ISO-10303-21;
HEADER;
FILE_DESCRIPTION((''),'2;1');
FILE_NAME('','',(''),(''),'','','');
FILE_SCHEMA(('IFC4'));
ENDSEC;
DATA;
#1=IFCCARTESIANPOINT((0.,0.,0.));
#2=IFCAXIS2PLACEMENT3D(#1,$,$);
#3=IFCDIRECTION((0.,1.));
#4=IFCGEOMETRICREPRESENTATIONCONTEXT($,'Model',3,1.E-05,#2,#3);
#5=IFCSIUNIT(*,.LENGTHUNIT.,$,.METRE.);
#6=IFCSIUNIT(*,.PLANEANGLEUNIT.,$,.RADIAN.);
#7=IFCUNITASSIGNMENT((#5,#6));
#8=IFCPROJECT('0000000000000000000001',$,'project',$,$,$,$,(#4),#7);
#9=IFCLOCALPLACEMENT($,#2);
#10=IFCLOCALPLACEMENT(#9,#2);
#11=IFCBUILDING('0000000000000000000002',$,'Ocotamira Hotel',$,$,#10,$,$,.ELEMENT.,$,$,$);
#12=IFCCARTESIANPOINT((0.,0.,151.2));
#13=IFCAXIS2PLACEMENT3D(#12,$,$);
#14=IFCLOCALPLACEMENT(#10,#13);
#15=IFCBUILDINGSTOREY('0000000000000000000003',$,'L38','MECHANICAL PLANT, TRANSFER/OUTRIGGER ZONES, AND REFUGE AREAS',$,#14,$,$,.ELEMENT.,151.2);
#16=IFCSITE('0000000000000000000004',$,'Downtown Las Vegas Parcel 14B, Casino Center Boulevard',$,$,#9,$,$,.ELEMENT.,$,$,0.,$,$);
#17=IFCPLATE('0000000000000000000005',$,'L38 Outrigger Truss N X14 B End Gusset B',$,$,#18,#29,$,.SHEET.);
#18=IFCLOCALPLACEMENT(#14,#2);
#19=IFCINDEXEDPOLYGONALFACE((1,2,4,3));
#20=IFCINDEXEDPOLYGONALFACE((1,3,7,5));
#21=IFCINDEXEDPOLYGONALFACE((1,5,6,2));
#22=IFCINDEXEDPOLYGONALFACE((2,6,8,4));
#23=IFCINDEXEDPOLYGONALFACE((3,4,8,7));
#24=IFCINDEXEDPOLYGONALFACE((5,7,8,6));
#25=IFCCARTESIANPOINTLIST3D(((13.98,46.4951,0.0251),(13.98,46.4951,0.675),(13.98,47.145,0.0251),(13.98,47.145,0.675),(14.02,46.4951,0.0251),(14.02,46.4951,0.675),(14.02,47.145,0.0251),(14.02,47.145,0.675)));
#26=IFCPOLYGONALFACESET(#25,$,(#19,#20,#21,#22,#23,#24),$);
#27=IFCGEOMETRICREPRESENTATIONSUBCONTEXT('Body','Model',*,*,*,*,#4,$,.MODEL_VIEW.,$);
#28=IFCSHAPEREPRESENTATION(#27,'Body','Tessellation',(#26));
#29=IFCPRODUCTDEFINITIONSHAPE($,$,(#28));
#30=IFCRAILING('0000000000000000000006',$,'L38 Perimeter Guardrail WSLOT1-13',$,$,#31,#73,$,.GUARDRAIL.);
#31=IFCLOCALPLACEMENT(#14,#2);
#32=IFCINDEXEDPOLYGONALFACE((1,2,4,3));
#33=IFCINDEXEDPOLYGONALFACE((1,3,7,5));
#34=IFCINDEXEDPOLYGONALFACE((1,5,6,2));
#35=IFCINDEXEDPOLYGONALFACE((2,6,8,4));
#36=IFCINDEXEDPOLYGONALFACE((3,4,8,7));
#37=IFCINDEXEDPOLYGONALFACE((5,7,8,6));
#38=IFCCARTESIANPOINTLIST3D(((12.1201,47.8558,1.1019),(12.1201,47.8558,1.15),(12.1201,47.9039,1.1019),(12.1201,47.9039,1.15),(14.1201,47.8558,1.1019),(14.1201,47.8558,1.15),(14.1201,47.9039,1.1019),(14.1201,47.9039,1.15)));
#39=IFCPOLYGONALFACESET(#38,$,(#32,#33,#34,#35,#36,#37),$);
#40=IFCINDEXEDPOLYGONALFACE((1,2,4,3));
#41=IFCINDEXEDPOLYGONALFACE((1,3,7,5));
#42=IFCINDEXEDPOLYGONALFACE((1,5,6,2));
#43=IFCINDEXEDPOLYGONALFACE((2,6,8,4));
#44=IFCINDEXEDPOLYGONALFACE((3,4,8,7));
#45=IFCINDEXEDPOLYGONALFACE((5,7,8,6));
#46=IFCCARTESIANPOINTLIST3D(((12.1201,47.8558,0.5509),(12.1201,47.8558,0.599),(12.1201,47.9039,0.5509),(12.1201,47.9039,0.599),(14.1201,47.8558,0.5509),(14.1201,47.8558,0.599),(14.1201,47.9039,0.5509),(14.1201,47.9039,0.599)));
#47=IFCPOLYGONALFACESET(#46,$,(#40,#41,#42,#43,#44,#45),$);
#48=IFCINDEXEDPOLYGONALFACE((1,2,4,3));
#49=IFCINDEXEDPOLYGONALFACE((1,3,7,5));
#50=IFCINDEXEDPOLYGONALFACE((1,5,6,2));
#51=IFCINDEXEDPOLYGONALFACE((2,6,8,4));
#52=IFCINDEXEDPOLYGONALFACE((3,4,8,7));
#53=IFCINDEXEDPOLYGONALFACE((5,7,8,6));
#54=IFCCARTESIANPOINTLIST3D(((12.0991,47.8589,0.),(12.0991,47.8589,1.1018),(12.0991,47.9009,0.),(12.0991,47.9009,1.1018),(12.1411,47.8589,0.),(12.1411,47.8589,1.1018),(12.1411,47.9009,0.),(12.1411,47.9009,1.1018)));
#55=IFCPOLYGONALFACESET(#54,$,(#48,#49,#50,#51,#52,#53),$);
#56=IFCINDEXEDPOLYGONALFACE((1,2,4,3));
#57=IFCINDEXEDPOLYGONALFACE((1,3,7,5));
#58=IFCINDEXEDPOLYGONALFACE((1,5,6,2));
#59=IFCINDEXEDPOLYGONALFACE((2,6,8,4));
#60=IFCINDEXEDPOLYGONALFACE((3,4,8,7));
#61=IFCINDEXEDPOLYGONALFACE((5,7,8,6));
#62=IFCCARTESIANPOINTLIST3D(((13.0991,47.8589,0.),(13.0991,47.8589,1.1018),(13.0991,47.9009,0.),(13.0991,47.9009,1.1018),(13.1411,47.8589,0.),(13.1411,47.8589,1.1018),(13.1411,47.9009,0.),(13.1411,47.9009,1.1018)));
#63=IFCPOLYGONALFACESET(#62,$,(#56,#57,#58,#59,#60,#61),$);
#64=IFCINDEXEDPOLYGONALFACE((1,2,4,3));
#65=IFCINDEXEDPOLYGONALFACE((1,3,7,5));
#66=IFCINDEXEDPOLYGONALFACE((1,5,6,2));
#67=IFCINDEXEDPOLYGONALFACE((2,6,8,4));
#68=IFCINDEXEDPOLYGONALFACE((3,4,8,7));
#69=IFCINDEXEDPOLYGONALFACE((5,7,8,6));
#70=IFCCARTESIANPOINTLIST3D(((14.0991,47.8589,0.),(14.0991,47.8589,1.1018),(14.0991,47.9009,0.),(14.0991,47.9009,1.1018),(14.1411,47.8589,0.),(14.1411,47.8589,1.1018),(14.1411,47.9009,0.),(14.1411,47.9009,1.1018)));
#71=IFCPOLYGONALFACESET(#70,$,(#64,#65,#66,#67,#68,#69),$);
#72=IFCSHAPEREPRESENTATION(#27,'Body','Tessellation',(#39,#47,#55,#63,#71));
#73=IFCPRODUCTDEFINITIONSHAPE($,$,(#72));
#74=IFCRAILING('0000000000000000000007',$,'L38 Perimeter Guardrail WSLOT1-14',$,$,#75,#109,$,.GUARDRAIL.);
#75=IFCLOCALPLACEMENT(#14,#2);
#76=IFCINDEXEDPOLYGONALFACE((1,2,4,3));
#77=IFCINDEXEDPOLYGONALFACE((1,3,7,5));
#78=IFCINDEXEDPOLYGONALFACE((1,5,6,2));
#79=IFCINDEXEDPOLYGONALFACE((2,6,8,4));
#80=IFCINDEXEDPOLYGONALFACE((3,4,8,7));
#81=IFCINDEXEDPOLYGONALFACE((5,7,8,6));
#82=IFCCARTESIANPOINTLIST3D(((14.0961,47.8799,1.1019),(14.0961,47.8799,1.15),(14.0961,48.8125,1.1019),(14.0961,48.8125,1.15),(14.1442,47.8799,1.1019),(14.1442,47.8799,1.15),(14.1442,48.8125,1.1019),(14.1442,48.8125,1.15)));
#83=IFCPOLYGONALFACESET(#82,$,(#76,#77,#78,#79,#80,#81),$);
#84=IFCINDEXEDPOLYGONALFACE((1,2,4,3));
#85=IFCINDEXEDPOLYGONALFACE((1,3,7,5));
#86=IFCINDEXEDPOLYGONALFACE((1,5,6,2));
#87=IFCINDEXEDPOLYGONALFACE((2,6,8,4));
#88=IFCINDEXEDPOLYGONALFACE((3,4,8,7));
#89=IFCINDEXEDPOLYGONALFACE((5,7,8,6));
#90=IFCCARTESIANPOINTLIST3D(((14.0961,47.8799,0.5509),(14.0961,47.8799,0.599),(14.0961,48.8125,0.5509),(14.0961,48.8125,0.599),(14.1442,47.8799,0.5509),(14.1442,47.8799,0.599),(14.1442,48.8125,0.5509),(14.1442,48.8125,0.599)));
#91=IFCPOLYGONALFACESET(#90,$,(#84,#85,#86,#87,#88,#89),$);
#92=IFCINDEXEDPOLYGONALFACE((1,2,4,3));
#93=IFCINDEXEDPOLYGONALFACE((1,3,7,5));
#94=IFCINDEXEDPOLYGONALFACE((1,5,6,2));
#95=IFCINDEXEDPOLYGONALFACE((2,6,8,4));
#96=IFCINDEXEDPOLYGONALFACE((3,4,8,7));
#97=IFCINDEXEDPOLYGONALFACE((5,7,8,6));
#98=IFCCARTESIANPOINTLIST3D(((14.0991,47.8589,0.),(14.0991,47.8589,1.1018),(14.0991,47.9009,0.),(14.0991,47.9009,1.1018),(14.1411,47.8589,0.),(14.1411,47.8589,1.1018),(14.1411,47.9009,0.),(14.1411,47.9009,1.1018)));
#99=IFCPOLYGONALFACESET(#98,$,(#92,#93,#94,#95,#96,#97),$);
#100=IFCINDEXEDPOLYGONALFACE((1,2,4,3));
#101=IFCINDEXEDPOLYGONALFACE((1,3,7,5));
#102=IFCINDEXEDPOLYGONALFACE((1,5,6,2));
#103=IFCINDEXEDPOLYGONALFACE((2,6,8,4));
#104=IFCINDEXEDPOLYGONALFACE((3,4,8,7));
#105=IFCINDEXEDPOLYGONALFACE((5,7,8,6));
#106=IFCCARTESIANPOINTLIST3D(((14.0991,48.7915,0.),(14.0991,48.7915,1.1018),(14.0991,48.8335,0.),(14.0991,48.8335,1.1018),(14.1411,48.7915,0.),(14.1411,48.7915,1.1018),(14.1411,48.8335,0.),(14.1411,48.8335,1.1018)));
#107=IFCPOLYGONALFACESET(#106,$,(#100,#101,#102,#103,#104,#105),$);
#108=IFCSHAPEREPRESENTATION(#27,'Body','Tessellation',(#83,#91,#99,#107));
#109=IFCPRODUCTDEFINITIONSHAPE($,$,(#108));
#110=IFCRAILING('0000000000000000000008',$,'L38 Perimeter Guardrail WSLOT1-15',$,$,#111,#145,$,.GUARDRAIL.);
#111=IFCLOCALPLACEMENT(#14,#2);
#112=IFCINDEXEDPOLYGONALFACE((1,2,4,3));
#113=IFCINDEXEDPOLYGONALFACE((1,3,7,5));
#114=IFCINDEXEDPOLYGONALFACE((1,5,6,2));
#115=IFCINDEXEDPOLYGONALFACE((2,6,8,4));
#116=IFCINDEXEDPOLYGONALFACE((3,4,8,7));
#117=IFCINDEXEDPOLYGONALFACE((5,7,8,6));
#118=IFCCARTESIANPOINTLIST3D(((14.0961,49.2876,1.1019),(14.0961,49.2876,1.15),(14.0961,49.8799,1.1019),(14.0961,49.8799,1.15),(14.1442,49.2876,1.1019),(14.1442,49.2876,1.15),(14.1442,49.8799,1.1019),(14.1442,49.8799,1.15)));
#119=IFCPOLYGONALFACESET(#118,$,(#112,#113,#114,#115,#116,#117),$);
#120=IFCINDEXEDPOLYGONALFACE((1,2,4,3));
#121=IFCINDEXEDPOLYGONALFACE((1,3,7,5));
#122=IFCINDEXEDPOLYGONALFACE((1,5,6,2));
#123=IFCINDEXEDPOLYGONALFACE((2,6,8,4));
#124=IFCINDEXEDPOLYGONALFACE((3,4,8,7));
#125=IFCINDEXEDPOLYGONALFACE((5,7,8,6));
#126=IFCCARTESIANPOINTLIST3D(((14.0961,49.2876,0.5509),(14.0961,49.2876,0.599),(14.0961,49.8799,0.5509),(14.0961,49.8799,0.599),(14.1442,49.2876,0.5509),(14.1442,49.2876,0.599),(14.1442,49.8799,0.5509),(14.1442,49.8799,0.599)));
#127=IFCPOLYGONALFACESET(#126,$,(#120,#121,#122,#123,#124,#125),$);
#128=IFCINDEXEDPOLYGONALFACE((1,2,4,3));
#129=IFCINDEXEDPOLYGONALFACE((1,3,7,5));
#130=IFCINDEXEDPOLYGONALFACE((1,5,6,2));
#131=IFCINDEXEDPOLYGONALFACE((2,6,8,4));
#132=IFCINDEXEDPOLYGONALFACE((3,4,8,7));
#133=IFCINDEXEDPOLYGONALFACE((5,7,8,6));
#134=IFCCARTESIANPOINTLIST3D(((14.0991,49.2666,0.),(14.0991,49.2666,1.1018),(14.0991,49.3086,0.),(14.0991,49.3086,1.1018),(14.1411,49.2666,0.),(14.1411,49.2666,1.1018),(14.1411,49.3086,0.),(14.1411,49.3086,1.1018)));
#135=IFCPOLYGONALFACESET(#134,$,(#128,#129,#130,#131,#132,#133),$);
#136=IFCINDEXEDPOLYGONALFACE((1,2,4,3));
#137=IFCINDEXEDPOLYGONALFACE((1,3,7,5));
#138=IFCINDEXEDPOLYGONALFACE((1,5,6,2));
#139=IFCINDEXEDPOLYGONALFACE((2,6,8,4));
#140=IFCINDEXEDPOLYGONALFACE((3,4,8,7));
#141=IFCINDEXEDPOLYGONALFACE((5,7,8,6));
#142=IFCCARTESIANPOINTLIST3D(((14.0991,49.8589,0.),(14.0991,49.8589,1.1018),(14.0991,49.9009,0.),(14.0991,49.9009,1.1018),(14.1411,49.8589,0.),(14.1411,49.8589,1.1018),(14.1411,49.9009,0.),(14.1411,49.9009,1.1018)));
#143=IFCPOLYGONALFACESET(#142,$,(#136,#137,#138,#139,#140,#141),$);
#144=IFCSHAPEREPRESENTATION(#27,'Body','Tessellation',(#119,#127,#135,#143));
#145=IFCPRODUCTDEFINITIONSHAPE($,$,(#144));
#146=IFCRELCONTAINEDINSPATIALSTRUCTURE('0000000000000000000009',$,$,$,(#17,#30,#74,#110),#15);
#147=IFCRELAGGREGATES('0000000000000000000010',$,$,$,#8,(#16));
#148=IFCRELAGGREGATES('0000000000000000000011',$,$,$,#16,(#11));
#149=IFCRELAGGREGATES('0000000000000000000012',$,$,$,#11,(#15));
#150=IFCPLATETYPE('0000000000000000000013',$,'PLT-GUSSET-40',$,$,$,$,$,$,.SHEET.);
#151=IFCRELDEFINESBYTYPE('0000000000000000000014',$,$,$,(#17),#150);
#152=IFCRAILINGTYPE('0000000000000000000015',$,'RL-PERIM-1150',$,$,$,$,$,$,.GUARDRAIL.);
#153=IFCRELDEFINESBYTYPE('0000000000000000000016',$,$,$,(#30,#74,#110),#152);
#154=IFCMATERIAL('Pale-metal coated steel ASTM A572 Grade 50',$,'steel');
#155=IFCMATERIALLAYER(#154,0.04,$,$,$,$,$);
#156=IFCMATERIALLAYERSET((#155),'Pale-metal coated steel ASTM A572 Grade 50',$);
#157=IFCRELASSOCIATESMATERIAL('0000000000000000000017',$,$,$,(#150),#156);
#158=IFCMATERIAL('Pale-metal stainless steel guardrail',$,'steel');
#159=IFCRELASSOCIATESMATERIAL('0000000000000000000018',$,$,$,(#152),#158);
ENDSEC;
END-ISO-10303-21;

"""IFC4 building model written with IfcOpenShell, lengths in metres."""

from ifc_helpers import new_model, si_unit, direction, frame, origin, origin_2d, place, context, subcontext, project, spatial, rectangle, extrude, source, transform, mapped, material, layer, layer_set, type_object, element, save


model = new_model("IFC4")

# Units and contexts
model_context = context("Model", 3, precision=1e-05, world=origin(), true_north=direction((0.0, 1.0)))
body_context = subcontext(model_context, "Body", "Model", "MODEL_VIEW")
ifc_project = project(units=[si_unit("LENGTHUNIT", "METRE"), si_unit("PLANEANGLEUNIT", "RADIAN")], contexts=[model_context])

# Site, building, storey
site_placement = place(None, origin())
site = spatial("IfcSite", under=ifc_project, at=site_placement, Name="Downtown Las Vegas Parcel 14B, Casino Center Boulevard", CompositionType="ELEMENT", RefElevation=0.0)
building_placement = place(site_placement, origin())
building = spatial("IfcBuilding", under=site, at=building_placement, Name="Ocotamira Hotel", CompositionType="ELEMENT")
storey_placement = place(building_placement, frame((0.0, 0.0, 151.2)))
storey = spatial("IfcBuildingStorey", under=building, at=storey_placement, Name="L38", Description="MECHANICAL PLANT, TRANSFER/OUTRIGGER ZONES, AND REFUGE AREAS", CompositionType="ELEMENT", Elevation=151.2)

# Plate
ifc_material_1 = material(Name="Pale-metal coated steel ASTM A572 Grade 50", Category="steel")
ifc_layer = layer(ifc_material_1, 0.04)
ifc_layer_set = layer_set([ifc_layer], Name="Pale-metal coated steel ASTM A572 Grade 50")
plate_type = type_object("IfcPlateType", Name="PLT-GUSSET-40", PredefinedType="SHEET", material=ifc_layer_set)
shared_shape_1 = source(origin(), body_context, "Body", "SweptSolid", [
    extrude(rectangle(XDim=0.04, YDim=0.6499, at=origin_2d()), origin(), (0.0, 0.0, 1.0), 0.6499),
])
plate_placement = place(storey_placement, frame((14.0, 46.8201, 0.0251), z_axis=(0.0, 0.0, 1.0), x_axis=(1.0, 0.0, 0.0)))
element("IfcPlate", 1, at=plate_placement, inside=storey, type_object=plate_type, Name="L38 Outrigger Truss N X14 B End Gusset B", PredefinedType="SHEET", context=body_context, shape_type="MappedRepresentation", body=[
    mapped(shared_shape_1, transform((0.0, 0.0, 0.0), scale=1.0)),
])

# Railings
ifc_material_2 = material(Name="Pale-metal stainless steel guardrail", Category="steel")
railing_type = type_object("IfcRailingType", Name="RL-PERIM-1150", PredefinedType="GUARDRAIL", material=ifc_material_2)
railing_1_placement = place(storey_placement, frame((12.1201, 47.8799, 0.0)))
element("IfcRailing", 2, at=railing_1_placement, inside=storey, type_object=railing_type, Name="L38 Perimeter Guardrail WSLOT1-13", PredefinedType="GUARDRAIL", context=body_context, shape_type="SweptSolid", body=[
    extrude(rectangle(XDim=0.0481, YDim=0.0481, at=origin_2d()), frame((0.0, 0.0, 1.126), z_axis=(1.0, 0.0, 0.0), x_axis=(0.0, 1.0, 0.0)), (0.0, 0.0, 1.0), 2.0),
    extrude(rectangle(XDim=0.0481, YDim=0.0481, at=origin_2d()), frame((0.0, 0.0, 0.575), z_axis=(1.0, 0.0, 0.0), x_axis=(0.0, 1.0, 0.0)), (0.0, 0.0, 1.0), 2.0),
    extrude(rectangle(XDim=0.042, YDim=0.042, at=origin_2d()), origin(), (0.0, 0.0, 1.0), 1.1018),
    extrude(rectangle(XDim=0.042, YDim=0.042, at=origin_2d()), frame((1.0, 0.0, 0.0)), (0.0, 0.0, 1.0), 1.1018),
    extrude(rectangle(XDim=0.042, YDim=0.042, at=origin_2d()), frame((2.0, 0.0, 0.0)), (0.0, 0.0, 1.0), 1.1018),
])
railing_2_placement = place(storey_placement, frame((14.1201, 47.8799, 0.0)))
element("IfcRailing", 3, at=railing_2_placement, inside=storey, type_object=railing_type, Name="L38 Perimeter Guardrail WSLOT1-14", PredefinedType="GUARDRAIL", context=body_context, shape_type="SweptSolid", body=[
    extrude(rectangle(XDim=0.0481, YDim=0.0481, at=origin_2d()), frame((0.0, 0.0, 1.126), z_axis=(0.0, 1.0, 0.0), x_axis=(-1.0, 0.0, 0.0)), (0.0, 0.0, 1.0), 0.9326),
    extrude(rectangle(XDim=0.0481, YDim=0.0481, at=origin_2d()), frame((0.0, 0.0, 0.575), z_axis=(0.0, 1.0, 0.0), x_axis=(-1.0, 0.0, 0.0)), (0.0, 0.0, 1.0), 0.9326),
    extrude(rectangle(XDim=0.042, YDim=0.042, at=origin_2d()), origin(), (0.0, 0.0, 1.0), 1.1018),
    extrude(rectangle(XDim=0.042, YDim=0.042, at=origin_2d()), frame((0.0, 0.9326, 0.0)), (0.0, 0.0, 1.0), 1.1018),
])
railing_3_placement = place(storey_placement, frame((14.1201, 49.2876, 0.0)))
element("IfcRailing", 4, at=railing_3_placement, inside=storey, type_object=railing_type, Name="L38 Perimeter Guardrail WSLOT1-15", PredefinedType="GUARDRAIL", context=body_context, shape_type="SweptSolid", body=[
    extrude(rectangle(XDim=0.0481, YDim=0.0481, at=origin_2d()), frame((0.0, 0.0, 1.126), z_axis=(0.0, 1.0, 0.0), x_axis=(-1.0, 0.0, 0.0)), (0.0, 0.0, 1.0), 0.5923),
    extrude(rectangle(XDim=0.0481, YDim=0.0481, at=origin_2d()), frame((0.0, 0.0, 0.575), z_axis=(0.0, 1.0, 0.0), x_axis=(-1.0, 0.0, 0.0)), (0.0, 0.0, 1.0), 0.5923),
    extrude(rectangle(XDim=0.042, YDim=0.042, at=origin_2d()), origin(), (0.0, 0.0, 1.0), 1.1018),
    extrude(rectangle(XDim=0.042, YDim=0.042, at=origin_2d()), frame((0.0, 0.5923, 0.0)), (0.0, 0.0, 1.0), 1.1018),
])

save(model, "model.ifc")
